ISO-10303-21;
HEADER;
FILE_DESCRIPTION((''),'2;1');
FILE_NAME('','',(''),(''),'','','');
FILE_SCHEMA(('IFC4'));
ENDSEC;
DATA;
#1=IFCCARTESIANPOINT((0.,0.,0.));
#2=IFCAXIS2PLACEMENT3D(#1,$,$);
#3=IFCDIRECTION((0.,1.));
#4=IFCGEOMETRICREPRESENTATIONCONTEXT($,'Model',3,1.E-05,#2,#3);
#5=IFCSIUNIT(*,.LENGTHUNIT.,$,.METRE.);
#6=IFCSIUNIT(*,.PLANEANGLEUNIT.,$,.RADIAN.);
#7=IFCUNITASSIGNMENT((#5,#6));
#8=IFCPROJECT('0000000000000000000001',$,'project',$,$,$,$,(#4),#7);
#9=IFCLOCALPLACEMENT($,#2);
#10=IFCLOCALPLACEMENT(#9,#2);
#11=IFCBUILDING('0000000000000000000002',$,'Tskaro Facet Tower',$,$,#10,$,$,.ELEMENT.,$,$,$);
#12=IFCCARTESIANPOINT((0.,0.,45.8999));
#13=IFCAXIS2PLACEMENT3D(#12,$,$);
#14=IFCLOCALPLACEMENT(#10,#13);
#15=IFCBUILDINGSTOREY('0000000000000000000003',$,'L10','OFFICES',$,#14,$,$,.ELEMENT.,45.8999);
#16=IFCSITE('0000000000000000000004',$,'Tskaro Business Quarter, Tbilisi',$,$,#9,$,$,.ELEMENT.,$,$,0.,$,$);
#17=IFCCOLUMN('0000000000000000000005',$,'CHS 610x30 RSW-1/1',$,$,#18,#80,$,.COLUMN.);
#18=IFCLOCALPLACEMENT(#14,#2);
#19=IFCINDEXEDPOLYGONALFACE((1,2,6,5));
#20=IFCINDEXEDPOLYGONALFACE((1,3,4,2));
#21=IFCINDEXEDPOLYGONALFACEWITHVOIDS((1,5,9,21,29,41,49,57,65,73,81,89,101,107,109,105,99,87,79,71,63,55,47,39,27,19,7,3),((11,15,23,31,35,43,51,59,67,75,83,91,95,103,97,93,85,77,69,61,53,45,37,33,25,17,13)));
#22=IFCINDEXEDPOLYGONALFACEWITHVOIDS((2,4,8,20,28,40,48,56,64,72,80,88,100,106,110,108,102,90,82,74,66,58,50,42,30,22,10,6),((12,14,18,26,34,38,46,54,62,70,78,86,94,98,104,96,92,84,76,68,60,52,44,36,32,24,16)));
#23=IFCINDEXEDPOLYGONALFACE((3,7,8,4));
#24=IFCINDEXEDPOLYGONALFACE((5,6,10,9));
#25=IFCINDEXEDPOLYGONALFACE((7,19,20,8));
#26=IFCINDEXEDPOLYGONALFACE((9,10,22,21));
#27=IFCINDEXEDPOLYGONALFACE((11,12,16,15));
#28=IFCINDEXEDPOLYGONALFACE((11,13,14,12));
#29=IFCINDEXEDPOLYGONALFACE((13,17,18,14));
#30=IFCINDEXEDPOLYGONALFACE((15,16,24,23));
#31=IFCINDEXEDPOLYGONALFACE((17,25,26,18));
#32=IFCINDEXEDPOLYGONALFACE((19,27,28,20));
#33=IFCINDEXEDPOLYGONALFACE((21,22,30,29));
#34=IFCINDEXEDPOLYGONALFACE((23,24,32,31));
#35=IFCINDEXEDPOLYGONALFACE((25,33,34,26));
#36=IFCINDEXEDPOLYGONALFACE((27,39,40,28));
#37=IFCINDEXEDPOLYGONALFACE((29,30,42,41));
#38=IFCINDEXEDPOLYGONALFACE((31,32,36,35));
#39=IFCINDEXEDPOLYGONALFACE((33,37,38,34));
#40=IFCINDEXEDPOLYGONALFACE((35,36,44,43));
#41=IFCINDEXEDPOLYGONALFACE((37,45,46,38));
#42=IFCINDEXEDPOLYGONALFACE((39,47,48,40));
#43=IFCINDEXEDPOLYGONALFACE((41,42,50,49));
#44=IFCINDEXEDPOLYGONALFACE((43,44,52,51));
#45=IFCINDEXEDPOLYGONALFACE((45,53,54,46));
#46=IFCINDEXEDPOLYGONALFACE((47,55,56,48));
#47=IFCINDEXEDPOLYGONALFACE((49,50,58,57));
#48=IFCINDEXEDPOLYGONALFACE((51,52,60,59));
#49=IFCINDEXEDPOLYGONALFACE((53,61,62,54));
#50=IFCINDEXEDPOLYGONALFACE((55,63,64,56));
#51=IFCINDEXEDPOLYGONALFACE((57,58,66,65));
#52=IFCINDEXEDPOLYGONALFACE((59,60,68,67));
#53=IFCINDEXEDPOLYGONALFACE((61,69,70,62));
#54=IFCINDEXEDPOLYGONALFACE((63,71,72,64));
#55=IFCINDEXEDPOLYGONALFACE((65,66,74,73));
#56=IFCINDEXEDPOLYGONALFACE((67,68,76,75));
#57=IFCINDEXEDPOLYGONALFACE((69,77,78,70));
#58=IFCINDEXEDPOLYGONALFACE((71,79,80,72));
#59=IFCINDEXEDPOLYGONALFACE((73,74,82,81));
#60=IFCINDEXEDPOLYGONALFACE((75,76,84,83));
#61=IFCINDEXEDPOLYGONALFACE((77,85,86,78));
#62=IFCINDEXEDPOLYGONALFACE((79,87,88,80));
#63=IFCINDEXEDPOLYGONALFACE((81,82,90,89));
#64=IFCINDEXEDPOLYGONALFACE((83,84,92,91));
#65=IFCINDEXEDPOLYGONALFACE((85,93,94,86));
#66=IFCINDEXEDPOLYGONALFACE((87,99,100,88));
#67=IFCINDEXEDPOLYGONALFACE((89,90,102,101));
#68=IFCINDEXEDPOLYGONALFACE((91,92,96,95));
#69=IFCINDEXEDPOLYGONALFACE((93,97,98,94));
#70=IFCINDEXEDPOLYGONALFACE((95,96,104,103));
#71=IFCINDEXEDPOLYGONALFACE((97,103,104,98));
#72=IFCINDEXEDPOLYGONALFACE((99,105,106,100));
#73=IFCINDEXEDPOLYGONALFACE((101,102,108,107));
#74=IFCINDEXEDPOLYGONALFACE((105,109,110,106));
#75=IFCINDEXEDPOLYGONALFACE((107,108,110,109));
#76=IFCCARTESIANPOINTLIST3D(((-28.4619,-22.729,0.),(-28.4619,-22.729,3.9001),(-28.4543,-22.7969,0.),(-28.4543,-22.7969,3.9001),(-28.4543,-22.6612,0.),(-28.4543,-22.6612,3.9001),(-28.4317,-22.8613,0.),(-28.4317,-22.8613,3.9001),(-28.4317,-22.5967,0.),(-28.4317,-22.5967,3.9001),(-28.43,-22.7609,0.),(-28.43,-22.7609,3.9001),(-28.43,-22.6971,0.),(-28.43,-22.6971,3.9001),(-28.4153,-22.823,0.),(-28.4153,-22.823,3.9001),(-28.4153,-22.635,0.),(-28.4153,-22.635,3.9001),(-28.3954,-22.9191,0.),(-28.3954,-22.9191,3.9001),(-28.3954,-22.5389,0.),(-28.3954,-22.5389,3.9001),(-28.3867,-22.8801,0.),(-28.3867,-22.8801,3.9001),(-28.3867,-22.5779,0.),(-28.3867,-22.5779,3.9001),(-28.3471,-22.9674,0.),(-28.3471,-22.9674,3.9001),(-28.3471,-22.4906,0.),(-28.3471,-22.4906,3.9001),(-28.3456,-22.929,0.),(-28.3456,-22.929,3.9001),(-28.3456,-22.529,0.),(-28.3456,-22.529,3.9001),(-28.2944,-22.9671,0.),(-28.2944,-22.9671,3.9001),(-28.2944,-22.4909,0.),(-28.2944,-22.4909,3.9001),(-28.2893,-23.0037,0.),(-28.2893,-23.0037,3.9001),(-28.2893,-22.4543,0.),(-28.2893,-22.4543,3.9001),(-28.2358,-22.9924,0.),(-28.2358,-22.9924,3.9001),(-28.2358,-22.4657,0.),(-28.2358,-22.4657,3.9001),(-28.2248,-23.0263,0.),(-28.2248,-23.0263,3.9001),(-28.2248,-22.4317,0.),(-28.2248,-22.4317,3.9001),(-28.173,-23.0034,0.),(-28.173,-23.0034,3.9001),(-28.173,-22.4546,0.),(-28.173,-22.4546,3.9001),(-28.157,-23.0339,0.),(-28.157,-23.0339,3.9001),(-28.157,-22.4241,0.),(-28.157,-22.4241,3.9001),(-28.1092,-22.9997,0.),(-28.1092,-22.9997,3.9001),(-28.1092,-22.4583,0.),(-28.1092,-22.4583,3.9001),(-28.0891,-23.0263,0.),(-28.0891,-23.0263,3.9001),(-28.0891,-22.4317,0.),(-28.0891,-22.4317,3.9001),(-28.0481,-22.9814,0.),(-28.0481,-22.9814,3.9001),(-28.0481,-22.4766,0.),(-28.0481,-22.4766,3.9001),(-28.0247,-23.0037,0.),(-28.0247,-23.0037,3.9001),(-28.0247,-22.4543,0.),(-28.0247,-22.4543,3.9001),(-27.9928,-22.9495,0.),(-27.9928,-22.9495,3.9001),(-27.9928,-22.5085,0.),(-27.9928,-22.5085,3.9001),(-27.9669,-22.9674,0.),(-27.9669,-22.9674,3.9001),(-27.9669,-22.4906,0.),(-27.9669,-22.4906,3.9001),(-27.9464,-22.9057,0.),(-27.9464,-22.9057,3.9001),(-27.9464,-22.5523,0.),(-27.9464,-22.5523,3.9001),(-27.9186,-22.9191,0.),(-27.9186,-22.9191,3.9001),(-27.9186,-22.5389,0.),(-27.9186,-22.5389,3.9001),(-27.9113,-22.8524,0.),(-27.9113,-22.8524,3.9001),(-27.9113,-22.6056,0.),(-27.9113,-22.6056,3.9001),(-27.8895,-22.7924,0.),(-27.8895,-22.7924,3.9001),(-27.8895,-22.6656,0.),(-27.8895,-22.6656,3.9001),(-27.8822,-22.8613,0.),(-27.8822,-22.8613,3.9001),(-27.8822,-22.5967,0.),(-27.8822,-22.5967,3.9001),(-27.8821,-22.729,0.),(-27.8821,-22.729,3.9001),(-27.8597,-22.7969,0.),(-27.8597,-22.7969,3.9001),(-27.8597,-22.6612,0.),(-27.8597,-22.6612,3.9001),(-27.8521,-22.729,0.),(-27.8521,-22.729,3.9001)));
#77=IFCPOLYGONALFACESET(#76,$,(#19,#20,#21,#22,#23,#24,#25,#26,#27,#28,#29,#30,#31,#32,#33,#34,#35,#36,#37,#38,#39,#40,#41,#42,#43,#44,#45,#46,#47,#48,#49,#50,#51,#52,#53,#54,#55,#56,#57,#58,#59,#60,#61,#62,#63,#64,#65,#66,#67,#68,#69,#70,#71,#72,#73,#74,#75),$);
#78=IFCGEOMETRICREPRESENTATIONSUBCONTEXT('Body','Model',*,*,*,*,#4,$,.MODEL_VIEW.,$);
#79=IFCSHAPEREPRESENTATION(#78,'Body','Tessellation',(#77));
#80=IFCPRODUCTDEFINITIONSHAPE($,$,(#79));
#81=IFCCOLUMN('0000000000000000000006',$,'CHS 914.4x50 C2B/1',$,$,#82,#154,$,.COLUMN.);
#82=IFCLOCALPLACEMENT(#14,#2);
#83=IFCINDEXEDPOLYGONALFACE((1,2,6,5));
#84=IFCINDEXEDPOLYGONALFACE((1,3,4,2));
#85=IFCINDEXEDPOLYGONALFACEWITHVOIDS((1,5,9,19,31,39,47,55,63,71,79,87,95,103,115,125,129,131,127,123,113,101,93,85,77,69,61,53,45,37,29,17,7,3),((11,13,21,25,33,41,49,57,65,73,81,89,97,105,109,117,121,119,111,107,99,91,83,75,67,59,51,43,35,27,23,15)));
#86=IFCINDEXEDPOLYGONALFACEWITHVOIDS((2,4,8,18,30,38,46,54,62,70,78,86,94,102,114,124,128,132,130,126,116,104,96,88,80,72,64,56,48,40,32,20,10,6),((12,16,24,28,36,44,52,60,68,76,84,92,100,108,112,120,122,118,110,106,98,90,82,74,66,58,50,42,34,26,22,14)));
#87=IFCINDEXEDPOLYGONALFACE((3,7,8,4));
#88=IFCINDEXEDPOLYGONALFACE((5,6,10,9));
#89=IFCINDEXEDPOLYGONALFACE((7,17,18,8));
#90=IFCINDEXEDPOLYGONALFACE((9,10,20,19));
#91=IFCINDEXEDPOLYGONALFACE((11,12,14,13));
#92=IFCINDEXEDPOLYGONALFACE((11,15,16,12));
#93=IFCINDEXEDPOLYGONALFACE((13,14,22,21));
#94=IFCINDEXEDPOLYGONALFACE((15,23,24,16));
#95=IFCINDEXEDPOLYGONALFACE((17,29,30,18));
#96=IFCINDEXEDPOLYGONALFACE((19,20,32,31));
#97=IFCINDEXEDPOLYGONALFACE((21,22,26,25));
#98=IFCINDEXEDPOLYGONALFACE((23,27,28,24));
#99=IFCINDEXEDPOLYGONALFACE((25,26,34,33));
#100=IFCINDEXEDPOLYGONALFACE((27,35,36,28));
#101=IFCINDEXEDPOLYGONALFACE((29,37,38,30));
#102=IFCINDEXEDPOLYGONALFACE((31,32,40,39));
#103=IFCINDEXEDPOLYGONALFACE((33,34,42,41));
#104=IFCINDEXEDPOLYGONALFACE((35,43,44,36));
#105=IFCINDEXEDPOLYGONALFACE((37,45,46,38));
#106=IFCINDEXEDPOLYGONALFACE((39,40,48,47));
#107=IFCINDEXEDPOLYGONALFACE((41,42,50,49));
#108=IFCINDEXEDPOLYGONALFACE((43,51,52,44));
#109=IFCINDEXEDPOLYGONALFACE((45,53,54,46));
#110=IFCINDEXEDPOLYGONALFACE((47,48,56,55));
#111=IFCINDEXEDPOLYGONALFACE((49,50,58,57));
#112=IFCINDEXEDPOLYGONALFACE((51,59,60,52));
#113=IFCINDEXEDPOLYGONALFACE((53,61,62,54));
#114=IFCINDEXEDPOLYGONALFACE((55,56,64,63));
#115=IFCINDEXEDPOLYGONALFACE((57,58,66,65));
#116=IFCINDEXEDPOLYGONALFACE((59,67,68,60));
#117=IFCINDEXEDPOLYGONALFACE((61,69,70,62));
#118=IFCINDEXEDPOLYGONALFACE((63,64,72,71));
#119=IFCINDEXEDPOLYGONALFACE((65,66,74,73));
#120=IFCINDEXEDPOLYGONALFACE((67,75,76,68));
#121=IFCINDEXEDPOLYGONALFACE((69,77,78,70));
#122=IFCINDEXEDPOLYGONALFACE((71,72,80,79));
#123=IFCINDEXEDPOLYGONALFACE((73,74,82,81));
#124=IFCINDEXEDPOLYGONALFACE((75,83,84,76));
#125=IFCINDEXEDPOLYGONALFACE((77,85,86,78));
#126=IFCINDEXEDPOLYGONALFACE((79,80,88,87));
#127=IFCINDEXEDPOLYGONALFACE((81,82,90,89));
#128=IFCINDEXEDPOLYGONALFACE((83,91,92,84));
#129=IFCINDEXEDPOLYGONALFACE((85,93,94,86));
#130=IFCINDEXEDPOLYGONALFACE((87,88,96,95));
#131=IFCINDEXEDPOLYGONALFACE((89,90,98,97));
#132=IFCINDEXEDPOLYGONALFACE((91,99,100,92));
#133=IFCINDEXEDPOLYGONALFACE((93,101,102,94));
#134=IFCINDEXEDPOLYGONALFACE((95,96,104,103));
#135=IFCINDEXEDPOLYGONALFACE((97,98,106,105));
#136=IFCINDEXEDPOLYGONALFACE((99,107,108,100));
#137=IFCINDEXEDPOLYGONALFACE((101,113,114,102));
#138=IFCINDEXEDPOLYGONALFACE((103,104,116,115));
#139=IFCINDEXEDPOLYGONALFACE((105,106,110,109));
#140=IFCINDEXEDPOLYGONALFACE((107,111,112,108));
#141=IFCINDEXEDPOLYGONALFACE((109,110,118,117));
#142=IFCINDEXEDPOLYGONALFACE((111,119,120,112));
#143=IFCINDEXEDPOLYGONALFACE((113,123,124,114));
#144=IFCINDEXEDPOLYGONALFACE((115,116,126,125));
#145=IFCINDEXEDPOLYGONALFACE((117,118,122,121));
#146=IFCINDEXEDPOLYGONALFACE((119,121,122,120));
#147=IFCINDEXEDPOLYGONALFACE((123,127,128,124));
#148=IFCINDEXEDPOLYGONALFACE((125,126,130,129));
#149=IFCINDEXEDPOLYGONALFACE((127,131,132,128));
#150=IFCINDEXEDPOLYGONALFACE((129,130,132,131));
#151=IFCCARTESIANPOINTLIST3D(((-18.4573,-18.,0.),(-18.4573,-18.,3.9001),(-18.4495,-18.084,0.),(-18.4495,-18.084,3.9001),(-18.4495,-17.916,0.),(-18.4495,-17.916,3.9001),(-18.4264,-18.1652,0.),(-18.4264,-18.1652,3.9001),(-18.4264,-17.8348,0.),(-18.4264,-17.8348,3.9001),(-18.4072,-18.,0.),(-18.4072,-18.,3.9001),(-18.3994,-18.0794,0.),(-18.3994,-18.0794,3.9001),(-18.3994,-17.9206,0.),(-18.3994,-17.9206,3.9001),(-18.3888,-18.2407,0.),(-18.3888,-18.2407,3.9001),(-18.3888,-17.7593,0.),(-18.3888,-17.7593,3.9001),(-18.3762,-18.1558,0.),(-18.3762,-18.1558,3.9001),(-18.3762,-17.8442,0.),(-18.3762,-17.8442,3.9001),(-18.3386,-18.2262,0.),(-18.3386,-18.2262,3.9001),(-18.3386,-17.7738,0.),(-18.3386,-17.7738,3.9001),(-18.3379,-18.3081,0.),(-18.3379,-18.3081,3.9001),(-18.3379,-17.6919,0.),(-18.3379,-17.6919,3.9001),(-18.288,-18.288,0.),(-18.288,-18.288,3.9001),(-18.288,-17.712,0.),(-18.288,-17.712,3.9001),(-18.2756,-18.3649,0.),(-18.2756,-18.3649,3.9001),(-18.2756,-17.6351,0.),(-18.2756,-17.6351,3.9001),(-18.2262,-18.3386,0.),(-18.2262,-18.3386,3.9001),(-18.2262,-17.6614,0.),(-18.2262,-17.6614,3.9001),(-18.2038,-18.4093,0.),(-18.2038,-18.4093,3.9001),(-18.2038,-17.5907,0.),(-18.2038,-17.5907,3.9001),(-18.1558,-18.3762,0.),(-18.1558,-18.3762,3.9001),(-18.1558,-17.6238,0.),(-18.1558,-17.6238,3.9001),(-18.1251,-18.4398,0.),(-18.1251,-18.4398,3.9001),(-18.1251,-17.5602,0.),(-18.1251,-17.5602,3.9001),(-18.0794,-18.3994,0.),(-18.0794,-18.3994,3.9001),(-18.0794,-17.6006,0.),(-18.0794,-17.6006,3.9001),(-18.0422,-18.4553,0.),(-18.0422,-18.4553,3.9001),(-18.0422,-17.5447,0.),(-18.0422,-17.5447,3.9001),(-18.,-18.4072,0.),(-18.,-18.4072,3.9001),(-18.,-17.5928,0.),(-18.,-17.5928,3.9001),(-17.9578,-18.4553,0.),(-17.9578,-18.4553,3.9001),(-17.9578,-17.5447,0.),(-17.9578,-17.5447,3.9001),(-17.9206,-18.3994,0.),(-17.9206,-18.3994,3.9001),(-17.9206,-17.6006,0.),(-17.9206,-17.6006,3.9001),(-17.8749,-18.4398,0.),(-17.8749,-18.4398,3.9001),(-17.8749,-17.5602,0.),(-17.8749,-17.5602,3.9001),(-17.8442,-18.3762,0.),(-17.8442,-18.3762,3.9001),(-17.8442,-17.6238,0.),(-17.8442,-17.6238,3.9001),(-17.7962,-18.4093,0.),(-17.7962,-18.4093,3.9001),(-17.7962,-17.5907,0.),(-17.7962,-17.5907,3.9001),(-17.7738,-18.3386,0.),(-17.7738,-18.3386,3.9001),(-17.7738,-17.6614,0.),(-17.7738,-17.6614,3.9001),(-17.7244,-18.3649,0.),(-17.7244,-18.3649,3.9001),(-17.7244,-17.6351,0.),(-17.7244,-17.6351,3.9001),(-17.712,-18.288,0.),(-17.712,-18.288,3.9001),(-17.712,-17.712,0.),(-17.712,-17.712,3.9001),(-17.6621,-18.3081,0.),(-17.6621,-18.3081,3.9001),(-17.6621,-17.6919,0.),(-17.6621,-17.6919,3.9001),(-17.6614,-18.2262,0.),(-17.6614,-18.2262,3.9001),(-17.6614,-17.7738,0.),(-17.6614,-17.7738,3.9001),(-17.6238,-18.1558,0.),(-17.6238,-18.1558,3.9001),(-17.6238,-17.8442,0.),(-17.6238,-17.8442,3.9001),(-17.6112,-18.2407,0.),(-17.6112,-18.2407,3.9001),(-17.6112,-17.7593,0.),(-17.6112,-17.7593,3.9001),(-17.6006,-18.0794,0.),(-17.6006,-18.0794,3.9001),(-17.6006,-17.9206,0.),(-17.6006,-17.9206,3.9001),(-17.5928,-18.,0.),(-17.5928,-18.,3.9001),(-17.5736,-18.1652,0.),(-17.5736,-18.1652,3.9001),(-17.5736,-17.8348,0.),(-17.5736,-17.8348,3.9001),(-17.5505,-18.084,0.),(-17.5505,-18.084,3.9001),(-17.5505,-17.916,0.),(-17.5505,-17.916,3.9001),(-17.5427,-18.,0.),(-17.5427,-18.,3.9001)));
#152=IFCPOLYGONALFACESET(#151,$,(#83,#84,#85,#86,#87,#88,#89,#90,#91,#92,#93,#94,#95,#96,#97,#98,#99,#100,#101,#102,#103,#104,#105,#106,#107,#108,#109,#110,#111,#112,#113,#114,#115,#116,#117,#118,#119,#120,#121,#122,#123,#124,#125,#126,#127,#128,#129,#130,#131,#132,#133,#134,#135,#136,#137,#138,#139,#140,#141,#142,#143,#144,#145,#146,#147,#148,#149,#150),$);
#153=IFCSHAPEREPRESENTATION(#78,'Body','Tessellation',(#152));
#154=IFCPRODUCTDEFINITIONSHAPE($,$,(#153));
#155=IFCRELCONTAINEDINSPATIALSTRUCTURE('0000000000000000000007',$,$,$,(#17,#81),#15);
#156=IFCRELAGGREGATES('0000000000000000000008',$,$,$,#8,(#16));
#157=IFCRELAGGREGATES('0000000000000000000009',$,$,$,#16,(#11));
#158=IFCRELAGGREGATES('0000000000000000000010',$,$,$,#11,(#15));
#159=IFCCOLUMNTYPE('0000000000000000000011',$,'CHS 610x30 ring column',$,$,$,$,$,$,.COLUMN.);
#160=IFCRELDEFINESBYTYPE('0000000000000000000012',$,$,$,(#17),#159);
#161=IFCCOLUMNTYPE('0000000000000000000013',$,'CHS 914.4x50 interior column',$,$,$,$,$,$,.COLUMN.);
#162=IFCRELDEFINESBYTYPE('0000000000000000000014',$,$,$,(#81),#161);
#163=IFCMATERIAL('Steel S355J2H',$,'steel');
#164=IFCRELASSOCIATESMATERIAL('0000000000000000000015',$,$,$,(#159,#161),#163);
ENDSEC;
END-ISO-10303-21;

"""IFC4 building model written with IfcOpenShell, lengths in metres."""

from ifc_helpers import new_model, si_unit, direction, frame, origin, origin_2d, place, context, subcontext, project, spatial, hollow_circle, extrude, material, material_profile, profile_set, type_object, element, save


model = new_model("IFC4")

# Units and contexts
model_context = context("Model", 3, precision=1e-05, world=origin(), true_north=direction((0.0, 1.0)))
body_context = subcontext(model_context, "Body", "Model", "MODEL_VIEW")
ifc_project = project(units=[si_unit("LENGTHUNIT", "METRE"), si_unit("PLANEANGLEUNIT", "RADIAN")], contexts=[model_context])

# Site, building, storey
site_placement = place(None, origin())
site = spatial("IfcSite", under=ifc_project, at=site_placement, Name="Tskaro Business Quarter, Tbilisi", CompositionType="ELEMENT", RefElevation=0.0)
building_placement = place(site_placement, origin())
building = spatial("IfcBuilding", under=site, at=building_placement, Name="Tskaro Facet Tower", CompositionType="ELEMENT")
storey_placement = place(building_placement, frame((0.0, 0.0, 45.8999)))
storey = spatial("IfcBuildingStorey", under=building, at=storey_placement, Name="L10", Description="OFFICES", CompositionType="ELEMENT", Elevation=45.8999)

# Columns
ifc_material_1 = material(Name="Steel S355J2H", Category="steel")
ifc_material_profile_1 = material_profile(ifc_material_1, hollow_circle(Radius=0.3049, WallThickness=0.03, at=origin_2d()), Name="CHS 610x30")
ifc_profile_set_1 = profile_set([ifc_material_profile_1], Name="Steel S355J2H")
column_type_1 = type_object("IfcColumnType", Name="CHS 610x30 ring column", PredefinedType="COLUMN", material=ifc_profile_set_1)
for number, where, z_axis, x_axis, name in (
    (1, (-28.157, -22.729, 0.0), (0.0, 0.0, 1.0), (1.0, 0.0, 0.0), "CHS 610x30 RSW-1/1"),
):
    element("IfcColumn", number, at=place(storey_placement, frame(where, z_axis=z_axis, x_axis=x_axis)), inside=storey, type_object=column_type_1, Name=name, PredefinedType="COLUMN", context=body_context, shape_type="SweptSolid", body=[
        extrude(hollow_circle(Radius=0.3049, WallThickness=0.03, at=origin_2d()), origin(), (0.0, 0.0, 1.0), 3.9001),
    ])
ifc_material_profile_2 = material_profile(ifc_material_1, hollow_circle(Radius=0.4573, WallThickness=0.05, at=origin_2d()), Name="CHS 914.4x50")
ifc_profile_set_2 = profile_set([ifc_material_profile_2], Name="Steel S355J2H")
column_type_2 = type_object("IfcColumnType", Name="CHS 914.4x50 interior column", PredefinedType="COLUMN", material=ifc_profile_set_2)
column_placement = place(storey_placement, frame((-18.0, -18.0, 0.0), z_axis=(0.0, 0.0, 1.0), x_axis=(1.0, 0.0, 0.0)))
element("IfcColumn", 2, at=column_placement, inside=storey, type_object=column_type_2, Name="CHS 914.4x50 C2B/1", PredefinedType="COLUMN", context=body_context, shape_type="SweptSolid", body=[
    extrude(hollow_circle(Radius=0.4573, WallThickness=0.05, at=origin_2d()), origin(), (0.0, 0.0, 1.0), 3.9001),
])

save(model, "model.ifc")
